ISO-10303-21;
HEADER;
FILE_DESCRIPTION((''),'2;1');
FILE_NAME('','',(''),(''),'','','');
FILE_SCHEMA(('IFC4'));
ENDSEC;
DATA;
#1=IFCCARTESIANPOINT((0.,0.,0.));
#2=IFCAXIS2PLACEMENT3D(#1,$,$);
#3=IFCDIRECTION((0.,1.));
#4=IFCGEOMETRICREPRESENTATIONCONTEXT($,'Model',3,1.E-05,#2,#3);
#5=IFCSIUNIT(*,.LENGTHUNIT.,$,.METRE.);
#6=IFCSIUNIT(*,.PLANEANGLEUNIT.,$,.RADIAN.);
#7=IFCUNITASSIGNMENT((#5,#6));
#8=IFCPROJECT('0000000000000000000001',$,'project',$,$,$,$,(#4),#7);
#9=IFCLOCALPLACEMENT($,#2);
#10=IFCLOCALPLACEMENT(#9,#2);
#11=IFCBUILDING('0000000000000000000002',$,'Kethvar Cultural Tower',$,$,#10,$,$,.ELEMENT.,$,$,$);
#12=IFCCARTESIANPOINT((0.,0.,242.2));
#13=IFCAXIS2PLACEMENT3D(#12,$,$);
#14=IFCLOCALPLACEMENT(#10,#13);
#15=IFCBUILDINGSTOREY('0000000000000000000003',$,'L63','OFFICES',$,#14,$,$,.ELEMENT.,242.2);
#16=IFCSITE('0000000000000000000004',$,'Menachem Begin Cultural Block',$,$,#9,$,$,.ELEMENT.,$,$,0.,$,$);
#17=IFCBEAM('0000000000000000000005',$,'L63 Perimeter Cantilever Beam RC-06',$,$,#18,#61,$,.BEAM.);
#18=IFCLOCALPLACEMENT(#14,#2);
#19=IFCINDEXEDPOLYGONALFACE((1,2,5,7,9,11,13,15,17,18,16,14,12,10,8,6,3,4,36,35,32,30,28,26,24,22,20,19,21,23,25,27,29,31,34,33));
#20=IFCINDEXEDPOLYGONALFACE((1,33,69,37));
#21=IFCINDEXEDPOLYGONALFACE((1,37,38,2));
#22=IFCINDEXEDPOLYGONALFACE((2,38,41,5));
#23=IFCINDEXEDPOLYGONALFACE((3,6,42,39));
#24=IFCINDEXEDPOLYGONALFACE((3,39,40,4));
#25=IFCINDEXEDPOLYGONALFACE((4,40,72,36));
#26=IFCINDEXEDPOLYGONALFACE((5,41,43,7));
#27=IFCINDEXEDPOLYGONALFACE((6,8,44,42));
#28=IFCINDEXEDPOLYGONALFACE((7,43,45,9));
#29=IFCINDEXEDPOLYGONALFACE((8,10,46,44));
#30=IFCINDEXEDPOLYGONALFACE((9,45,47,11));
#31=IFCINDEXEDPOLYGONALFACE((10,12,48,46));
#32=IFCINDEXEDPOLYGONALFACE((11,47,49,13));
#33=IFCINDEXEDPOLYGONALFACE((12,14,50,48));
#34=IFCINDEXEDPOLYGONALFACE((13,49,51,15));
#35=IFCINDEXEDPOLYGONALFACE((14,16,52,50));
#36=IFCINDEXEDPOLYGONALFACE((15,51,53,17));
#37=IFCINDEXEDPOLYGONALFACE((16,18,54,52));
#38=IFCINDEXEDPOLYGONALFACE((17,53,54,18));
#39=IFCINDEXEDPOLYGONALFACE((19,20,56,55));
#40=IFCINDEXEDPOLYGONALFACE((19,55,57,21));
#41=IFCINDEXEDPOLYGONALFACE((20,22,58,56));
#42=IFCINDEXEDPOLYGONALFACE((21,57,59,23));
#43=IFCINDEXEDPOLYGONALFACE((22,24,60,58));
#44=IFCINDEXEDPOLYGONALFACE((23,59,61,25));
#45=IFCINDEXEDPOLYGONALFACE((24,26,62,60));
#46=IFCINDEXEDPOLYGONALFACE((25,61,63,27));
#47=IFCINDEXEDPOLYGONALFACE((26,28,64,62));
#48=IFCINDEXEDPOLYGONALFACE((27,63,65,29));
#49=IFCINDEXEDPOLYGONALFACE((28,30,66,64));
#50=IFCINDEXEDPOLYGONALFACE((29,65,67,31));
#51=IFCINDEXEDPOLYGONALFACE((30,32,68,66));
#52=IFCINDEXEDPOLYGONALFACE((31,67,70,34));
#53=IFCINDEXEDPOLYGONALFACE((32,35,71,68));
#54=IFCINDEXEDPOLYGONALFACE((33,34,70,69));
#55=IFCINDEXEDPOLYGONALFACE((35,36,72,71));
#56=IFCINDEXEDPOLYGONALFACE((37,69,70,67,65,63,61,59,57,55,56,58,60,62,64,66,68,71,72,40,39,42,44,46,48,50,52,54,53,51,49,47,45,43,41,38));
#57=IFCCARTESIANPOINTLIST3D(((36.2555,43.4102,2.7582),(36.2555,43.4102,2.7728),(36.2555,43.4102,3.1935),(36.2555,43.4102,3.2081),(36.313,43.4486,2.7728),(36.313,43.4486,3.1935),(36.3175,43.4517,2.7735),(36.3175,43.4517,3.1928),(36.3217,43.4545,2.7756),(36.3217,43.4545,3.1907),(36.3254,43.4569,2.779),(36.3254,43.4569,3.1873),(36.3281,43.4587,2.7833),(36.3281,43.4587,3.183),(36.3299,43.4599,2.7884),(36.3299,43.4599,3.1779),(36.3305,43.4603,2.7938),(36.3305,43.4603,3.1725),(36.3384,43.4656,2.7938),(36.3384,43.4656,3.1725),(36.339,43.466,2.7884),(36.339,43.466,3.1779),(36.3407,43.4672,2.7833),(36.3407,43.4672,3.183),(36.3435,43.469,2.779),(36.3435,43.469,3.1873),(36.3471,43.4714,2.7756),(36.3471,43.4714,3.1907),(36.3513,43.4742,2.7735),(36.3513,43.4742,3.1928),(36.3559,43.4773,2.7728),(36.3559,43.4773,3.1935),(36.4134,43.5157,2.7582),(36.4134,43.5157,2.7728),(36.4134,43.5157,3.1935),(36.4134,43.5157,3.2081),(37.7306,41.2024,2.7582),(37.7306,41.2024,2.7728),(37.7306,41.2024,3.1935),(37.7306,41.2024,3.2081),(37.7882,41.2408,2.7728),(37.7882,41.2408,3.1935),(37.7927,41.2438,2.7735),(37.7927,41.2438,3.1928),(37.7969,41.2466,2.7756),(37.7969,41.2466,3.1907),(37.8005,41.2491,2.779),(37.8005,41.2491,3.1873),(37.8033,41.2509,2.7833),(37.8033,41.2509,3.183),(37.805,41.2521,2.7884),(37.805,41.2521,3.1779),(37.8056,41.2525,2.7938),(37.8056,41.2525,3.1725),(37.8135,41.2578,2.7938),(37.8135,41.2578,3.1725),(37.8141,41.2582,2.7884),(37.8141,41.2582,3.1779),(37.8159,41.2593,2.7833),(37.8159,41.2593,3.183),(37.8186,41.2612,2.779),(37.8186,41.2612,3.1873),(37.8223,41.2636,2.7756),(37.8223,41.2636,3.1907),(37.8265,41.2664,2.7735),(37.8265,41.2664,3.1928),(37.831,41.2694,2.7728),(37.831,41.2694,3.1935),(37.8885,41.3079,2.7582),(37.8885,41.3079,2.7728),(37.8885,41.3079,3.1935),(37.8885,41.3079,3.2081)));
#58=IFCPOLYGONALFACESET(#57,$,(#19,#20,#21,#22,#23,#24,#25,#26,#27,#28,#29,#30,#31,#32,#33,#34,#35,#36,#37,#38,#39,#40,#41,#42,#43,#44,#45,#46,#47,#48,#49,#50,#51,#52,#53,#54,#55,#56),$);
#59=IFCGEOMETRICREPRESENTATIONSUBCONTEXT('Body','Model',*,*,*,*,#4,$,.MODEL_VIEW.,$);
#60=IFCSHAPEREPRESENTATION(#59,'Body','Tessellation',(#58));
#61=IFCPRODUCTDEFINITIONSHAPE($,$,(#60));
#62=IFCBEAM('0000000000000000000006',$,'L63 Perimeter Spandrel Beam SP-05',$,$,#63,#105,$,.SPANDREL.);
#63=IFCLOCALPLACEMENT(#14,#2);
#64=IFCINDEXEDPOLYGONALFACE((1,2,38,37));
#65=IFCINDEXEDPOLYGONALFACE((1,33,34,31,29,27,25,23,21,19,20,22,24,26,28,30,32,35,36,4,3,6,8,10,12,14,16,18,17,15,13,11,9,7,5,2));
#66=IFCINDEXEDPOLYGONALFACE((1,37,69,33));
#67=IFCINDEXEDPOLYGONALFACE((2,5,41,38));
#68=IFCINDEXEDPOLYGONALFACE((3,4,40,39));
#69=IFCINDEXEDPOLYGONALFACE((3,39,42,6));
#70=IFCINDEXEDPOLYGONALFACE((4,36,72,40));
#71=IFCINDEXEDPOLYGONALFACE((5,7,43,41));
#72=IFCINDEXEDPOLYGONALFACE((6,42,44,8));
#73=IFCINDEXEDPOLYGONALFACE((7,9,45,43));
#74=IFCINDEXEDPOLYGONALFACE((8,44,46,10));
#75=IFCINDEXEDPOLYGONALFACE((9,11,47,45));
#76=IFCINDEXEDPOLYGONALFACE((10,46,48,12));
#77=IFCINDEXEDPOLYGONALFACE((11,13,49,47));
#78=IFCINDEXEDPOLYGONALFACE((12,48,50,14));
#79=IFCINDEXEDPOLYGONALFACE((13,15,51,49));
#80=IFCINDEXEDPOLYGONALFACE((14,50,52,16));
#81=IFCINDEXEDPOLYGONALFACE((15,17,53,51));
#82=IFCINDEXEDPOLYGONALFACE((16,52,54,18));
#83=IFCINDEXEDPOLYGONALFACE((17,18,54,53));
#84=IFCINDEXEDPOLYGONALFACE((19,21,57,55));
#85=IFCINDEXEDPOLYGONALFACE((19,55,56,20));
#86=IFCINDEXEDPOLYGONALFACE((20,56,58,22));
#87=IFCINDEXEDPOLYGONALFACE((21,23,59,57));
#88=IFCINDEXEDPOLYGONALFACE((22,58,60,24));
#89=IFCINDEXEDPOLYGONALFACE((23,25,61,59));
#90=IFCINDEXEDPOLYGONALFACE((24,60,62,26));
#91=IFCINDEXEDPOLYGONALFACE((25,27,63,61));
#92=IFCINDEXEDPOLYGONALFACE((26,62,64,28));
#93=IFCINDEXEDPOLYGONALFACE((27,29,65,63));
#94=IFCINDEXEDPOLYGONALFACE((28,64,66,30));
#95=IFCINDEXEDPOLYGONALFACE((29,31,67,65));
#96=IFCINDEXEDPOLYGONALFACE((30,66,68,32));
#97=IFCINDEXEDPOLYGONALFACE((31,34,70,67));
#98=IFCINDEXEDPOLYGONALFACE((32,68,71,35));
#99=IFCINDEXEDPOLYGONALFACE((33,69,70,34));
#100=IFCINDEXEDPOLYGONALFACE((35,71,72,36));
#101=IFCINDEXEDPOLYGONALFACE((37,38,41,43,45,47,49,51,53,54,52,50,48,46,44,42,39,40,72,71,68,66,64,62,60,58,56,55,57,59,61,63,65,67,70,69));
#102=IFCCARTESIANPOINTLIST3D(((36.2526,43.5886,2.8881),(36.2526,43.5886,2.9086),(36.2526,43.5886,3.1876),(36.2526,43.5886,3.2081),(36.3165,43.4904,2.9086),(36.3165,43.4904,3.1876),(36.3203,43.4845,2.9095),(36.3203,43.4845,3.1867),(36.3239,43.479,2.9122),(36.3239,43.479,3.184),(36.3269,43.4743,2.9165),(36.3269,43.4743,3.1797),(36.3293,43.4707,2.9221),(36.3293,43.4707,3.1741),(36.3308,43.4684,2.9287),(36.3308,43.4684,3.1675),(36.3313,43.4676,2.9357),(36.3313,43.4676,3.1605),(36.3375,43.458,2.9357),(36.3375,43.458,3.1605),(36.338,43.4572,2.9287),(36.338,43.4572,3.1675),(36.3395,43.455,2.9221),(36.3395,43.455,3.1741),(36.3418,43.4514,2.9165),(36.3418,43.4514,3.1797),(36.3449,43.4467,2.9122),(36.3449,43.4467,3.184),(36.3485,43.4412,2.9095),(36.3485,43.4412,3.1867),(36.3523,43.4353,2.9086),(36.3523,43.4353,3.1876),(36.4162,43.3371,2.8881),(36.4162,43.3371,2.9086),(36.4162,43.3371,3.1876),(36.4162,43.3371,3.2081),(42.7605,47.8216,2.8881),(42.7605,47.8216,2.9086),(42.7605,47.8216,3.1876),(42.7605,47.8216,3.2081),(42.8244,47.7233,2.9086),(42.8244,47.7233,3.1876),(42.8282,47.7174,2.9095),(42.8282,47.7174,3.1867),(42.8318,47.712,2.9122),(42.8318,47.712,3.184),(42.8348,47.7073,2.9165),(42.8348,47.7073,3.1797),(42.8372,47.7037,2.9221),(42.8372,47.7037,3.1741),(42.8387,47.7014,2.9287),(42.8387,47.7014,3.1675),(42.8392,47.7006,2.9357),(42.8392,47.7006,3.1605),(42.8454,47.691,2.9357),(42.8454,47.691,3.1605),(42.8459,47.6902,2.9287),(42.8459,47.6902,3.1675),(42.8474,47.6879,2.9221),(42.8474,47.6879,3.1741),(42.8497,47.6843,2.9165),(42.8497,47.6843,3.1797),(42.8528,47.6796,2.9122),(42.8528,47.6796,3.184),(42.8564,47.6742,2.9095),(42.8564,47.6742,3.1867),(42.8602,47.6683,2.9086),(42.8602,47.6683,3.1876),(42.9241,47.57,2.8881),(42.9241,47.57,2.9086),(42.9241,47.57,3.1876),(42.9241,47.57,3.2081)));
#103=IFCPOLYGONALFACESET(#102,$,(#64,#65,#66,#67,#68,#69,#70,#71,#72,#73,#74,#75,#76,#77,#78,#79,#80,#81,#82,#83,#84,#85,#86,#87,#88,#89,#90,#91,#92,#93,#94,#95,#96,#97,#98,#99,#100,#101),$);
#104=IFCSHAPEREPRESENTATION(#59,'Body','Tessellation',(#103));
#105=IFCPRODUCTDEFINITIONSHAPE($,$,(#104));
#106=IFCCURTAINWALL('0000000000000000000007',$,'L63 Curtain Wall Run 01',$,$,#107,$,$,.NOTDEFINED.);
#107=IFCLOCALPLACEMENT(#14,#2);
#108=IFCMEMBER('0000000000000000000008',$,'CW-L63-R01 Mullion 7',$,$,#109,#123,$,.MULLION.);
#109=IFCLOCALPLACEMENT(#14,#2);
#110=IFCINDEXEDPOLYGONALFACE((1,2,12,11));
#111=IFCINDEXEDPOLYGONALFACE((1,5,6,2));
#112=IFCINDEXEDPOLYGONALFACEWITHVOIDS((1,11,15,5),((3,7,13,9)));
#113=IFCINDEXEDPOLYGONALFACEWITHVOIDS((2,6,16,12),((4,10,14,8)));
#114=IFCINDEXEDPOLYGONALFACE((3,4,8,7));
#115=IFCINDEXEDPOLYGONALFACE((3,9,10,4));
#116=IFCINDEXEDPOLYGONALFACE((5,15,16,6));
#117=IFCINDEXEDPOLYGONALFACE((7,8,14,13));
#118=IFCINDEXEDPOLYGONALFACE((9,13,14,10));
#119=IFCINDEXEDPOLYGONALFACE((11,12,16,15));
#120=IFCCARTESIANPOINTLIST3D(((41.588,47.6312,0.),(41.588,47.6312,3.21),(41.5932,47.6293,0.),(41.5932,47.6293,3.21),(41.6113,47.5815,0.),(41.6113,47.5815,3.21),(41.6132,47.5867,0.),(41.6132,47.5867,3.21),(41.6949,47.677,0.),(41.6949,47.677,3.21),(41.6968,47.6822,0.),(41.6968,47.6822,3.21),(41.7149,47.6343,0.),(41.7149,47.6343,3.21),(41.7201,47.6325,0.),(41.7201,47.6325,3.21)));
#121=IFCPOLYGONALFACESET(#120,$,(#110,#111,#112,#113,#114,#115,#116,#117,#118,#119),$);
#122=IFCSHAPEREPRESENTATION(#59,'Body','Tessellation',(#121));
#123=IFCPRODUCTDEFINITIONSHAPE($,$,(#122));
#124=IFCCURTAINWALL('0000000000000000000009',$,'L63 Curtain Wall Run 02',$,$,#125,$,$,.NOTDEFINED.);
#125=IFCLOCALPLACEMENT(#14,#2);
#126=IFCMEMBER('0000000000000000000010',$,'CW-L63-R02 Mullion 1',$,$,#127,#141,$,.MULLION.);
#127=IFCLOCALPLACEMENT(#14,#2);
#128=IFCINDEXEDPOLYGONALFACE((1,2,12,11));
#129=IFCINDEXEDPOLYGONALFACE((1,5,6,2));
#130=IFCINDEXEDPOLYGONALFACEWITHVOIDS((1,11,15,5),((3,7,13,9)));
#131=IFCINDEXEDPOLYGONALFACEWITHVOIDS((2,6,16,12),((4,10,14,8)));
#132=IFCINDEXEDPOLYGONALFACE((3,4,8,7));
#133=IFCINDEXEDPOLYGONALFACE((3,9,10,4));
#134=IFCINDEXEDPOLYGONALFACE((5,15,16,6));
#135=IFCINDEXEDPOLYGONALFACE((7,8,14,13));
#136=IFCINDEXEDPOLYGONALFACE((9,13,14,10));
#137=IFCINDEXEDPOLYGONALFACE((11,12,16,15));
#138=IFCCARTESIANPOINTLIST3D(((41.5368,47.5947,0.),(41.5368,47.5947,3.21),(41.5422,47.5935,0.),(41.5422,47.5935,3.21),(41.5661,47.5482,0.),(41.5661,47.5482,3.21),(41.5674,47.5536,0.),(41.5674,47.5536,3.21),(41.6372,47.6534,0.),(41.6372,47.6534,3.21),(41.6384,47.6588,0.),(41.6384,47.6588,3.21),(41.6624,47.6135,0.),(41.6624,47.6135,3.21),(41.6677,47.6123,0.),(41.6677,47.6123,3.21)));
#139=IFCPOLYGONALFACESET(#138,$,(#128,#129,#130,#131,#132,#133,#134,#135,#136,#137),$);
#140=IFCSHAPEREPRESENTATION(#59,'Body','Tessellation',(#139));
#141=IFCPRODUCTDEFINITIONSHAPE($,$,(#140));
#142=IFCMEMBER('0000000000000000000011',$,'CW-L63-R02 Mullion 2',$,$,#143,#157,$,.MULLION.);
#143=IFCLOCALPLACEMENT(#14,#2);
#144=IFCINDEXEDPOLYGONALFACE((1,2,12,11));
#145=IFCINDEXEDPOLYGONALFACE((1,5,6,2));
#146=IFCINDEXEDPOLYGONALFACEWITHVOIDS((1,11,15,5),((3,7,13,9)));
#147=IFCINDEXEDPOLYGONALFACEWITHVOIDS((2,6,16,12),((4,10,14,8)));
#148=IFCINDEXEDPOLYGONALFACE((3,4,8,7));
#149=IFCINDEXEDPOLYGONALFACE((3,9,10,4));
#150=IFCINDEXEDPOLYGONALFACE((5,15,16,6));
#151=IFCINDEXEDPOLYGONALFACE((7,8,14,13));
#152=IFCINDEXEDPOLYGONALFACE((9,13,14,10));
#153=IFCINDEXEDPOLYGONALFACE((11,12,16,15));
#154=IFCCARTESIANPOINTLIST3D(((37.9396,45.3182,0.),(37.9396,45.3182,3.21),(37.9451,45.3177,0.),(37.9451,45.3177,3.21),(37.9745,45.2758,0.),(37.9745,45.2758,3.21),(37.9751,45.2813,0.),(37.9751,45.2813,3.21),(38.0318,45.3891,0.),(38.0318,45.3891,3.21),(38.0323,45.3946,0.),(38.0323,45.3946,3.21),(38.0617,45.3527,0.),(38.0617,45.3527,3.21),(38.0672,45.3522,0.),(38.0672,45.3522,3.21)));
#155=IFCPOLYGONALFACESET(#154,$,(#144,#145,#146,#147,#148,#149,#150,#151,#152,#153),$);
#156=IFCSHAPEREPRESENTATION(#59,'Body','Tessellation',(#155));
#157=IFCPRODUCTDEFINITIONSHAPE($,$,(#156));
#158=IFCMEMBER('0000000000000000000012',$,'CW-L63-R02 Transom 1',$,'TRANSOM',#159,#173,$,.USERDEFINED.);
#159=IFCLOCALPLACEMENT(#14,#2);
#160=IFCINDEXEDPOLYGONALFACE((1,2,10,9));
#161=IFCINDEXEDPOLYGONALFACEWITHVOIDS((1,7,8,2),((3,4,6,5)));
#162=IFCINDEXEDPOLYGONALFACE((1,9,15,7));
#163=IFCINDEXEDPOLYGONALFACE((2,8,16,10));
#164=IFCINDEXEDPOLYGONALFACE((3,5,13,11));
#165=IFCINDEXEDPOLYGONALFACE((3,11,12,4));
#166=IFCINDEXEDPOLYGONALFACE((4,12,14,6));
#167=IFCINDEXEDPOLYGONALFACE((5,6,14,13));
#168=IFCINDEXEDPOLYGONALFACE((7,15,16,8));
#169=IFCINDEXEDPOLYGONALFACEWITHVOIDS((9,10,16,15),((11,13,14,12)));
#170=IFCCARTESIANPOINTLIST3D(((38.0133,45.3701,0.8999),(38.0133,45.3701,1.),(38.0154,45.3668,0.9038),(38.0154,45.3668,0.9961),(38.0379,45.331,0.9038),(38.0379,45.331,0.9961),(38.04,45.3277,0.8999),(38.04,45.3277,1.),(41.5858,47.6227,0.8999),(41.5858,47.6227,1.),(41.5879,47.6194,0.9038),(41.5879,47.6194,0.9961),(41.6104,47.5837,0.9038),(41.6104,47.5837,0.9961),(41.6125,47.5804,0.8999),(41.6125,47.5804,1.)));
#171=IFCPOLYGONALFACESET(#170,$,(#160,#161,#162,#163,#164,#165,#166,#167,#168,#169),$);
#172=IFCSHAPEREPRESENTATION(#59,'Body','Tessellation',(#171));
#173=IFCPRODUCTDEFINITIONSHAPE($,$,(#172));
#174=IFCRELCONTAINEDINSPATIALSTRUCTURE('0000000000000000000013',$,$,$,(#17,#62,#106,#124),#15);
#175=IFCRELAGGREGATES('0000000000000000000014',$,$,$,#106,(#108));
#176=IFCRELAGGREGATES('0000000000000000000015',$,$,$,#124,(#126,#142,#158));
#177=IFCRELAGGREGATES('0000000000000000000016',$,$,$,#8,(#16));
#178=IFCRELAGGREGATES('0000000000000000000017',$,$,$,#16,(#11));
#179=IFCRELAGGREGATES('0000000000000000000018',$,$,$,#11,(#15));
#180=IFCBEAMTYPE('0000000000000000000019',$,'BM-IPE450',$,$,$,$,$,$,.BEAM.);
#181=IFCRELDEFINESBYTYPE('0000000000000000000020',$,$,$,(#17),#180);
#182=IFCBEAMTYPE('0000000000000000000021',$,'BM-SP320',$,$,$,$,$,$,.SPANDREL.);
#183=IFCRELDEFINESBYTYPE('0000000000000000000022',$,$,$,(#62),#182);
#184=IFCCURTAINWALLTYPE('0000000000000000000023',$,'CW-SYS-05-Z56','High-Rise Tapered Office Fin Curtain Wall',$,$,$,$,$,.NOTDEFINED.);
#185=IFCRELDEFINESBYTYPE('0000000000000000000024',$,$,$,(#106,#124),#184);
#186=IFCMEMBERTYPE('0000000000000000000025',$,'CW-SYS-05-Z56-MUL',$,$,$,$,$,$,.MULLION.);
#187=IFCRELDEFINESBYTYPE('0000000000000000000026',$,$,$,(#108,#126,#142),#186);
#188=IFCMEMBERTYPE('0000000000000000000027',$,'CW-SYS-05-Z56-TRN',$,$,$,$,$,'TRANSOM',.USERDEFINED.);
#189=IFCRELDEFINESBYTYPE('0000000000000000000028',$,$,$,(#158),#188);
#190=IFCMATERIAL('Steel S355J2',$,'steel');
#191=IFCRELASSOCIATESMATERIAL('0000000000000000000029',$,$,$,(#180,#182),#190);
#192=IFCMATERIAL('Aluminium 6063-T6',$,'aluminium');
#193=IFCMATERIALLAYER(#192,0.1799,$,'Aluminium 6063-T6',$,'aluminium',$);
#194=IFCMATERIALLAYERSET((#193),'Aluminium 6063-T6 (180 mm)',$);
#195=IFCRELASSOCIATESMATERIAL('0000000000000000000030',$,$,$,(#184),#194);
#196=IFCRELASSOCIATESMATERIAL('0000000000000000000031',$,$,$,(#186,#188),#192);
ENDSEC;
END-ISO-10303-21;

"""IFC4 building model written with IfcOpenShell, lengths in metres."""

from ifc_helpers import new_model, si_unit, direction, frame, origin, origin_2d, place, context, subcontext, project, spatial, hollow_rectangle, i_section, extrude, source, transform, mapped, material, layer, layer_set, material_profile, profile_set, type_object, element, aggregate, save


model = new_model("IFC4")

# Units and contexts
model_context = context("Model", 3, precision=1e-05, world=origin(), true_north=direction((0.0, 1.0)))
body_context = subcontext(model_context, "Body", "Model", "MODEL_VIEW")
ifc_project = project(units=[si_unit("LENGTHUNIT", "METRE"), si_unit("PLANEANGLEUNIT", "RADIAN")], contexts=[model_context])

# Site, building, storey
site_placement = place(None, origin())
site = spatial("IfcSite", under=ifc_project, at=site_placement, Name="Menachem Begin Cultural Block", CompositionType="ELEMENT", RefElevation=0.0)
building_placement = place(site_placement, origin())
building = spatial("IfcBuilding", under=site, at=building_placement, Name="Kethvar Cultural Tower", CompositionType="ELEMENT")
storey_placement = place(building_placement, frame((0.0, 0.0, 242.2)))
storey = spatial("IfcBuildingStorey", under=building, at=storey_placement, Name="L63", Description="OFFICES", CompositionType="ELEMENT", Elevation=242.2)

# Beams
ifc_material_1 = material(Name="Steel S355J2", Category="steel")
ifc_material_profile_1 = material_profile(ifc_material_1, i_section(OverallWidth=0.1899, OverallDepth=0.45, WebThickness=0.0095, FlangeThickness=0.0146, FilletRadius=0.021, at=origin_2d()), Name="Steel S355J2 — IPE450")
ifc_profile_set_1 = profile_set([ifc_material_profile_1], Name="Steel S355J2 — IPE450")
beam_type_1 = type_object("IfcBeamType", Name="BM-IPE450", PredefinedType="BEAM", material=ifc_profile_set_1)
shared_shape_1 = source(origin(), body_context, "Body", "SweptSolid", [
    extrude(i_section(OverallWidth=0.1899, OverallDepth=0.45, WebThickness=0.0095, FlangeThickness=0.0146, FilletRadius=0.021, at=origin_2d()), origin(), (0.0, 0.0, 1.0), 2.6553),
])
beam_1_placement = place(storey_placement, frame((37.8096, 41.2551, 2.9832), z_axis=(-0.555549, 0.831484, 0.0), x_axis=(-0.831484, -0.555549, 0.0)))
element("IfcBeam", 1, at=beam_1_placement, inside=storey, type_object=beam_type_1, Name="L63 Perimeter Cantilever Beam RC-06", PredefinedType="BEAM", context=body_context, shape_type="MappedRepresentation", body=[
    mapped(shared_shape_1, transform((0.0, 0.0, 0.0), scale=1.0)),
])
ifc_material_profile_2 = material_profile(ifc_material_1, i_section(OverallWidth=0.3, OverallDepth=0.3201, WebThickness=0.0115, FlangeThickness=0.0205, FilletRadius=0.0271, at=origin_2d()), Name="Steel S355J2 — HEB320")
ifc_profile_set_2 = profile_set([ifc_material_profile_2], Name="Steel S355J2 — HEB320")
beam_type_2 = type_object("IfcBeamType", Name="BM-SP320", PredefinedType="SPANDREL", material=ifc_profile_set_2)
shared_shape_2 = source(origin(), body_context, "Body", "SweptSolid", [
    extrude(i_section(OverallWidth=0.3, OverallDepth=0.3201, WebThickness=0.0115, FlangeThickness=0.0205, FilletRadius=0.0271, at=origin_2d()), origin(), (0.0, 0.0, 1.0), 7.7634),
])
beam_2_placement = place(storey_placement, frame((42.8423, 47.6958, 3.0481), z_axis=(-0.838277, -0.545245, 0.0), x_axis=(0.545245, -0.838277, 0.0)))
element("IfcBeam", 2, at=beam_2_placement, inside=storey, type_object=beam_type_2, Name="L63 Perimeter Spandrel Beam SP-05", PredefinedType="SPANDREL", context=body_context, shape_type="MappedRepresentation", body=[
    mapped(shared_shape_2, transform((0.0, 0.0, 0.0), scale=1.0)),
])

# Curtain wall, member
ifc_material_2 = material(Name="Aluminium 6063-T6", Category="aluminium")
ifc_layer_1 = layer(ifc_material_2, 0.1799, Name="Aluminium 6063-T6", Category="aluminium")
ifc_layer_set_1 = layer_set([ifc_layer_1], Name="Aluminium 6063-T6 (180 mm)")
curtain_wall_type = type_object("IfcCurtainWallType", Name="CW-SYS-05-Z56", Description="High-Rise Tapered Office Fin Curtain Wall", PredefinedType="NOTDEFINED", material=ifc_layer_set_1)
curtain_wall_1_placement = place(storey_placement, origin())
curtain_wall_1 = element("IfcCurtainWall", 3, at=curtain_wall_1_placement, inside=storey, type_object=curtain_wall_type, Name="L63 Curtain Wall Run 01", PredefinedType="NOTDEFINED")
ifc_material_profile_3 = material_profile(ifc_material_2, hollow_rectangle(XDim=0.0549, YDim=0.1201, WallThickness=0.0039, at=origin_2d()), Name="Aluminium 6063-T6 — RHS120x55x4")
ifc_profile_set_3 = profile_set([ifc_material_profile_3], Name="Aluminium 6063-T6 — RHS120x55x4")
member_type_1 = type_object("IfcMemberType", Name="CW-SYS-05-Z56-MUL", PredefinedType="MULLION", material=ifc_profile_set_3)
shared_shape_3 = source(origin(), body_context, "Body", "SweptSolid", [
    extrude(hollow_rectangle(XDim=0.0549, YDim=0.1201, WallThickness=0.0039, at=origin_2d()), origin(), (0.0, 0.0, 1.0), 3.21),
])
member_1_placement = place(storey_placement, frame((41.6541, 47.6318, 0.0), z_axis=(0.0, 0.0, 1.0), x_axis=(0.424468, -0.905443, 0.0)))
member_1 = element("IfcMember", 4, at=member_1_placement, type_object=member_type_1, Name="CW-L63-R01 Mullion 7", PredefinedType="MULLION", context=body_context, shape_type="MappedRepresentation", body=[
    mapped(shared_shape_3, transform((0.0, 0.0, 0.0), scale=1.0)),
])

# Curtain wall, members
curtain_wall_2_placement = place(storey_placement, origin())
curtain_wall_2 = element("IfcCurtainWall", 5, at=curtain_wall_2_placement, inside=storey, type_object=curtain_wall_type, Name="L63 Curtain Wall Run 02", PredefinedType="NOTDEFINED")
member_2_placement = place(storey_placement, frame((41.6023, 47.6035, 0.0), z_axis=(0.0, 0.0, 1.0), x_axis=(0.533378, -0.845877, 0.0)))
member_2 = element("IfcMember", 6, at=member_2_placement, type_object=member_type_1, Name="CW-L63-R02 Mullion 1", PredefinedType="MULLION", context=body_context, shape_type="MappedRepresentation", body=[
    mapped(shared_shape_3, transform((0.0, 0.0, 0.0), scale=1.0)),
])
member_3_placement = place(storey_placement, frame((38.0034, 45.3352, 0.0), z_axis=(0.0, 0.0, 1.0), x_axis=(0.636051, -0.771647, 0.0)))
member_3 = element("IfcMember", 7, at=member_3_placement, type_object=member_type_1, Name="CW-L63-R02 Mullion 2", PredefinedType="MULLION", context=body_context, shape_type="MappedRepresentation", body=[
    mapped(shared_shape_3, transform((0.0, 0.0, 0.0), scale=1.0)),
])
ifc_material_profile_4 = material_profile(ifc_material_2, hollow_rectangle(XDim=0.05, YDim=0.1001, WallThickness=0.0039, at=origin_2d()), Name="Aluminium 6063-T6 — RHS100x50x4")
ifc_profile_set_4 = profile_set([ifc_material_profile_4], Name="Aluminium 6063-T6 — RHS100x50x4")
member_type_2 = type_object("IfcMemberType", Name="CW-SYS-05-Z56-TRN", ElementType="TRANSOM", PredefinedType="USERDEFINED", material=ifc_profile_set_4)
shared_shape_4 = source(origin(), body_context, "Body", "SweptSolid", [
    extrude(hollow_rectangle(XDim=0.05, YDim=0.1001, WallThickness=0.0039, at=origin_2d()), origin(), (0.0, 0.0, 1.0), 4.2234),
])
member_4_placement = place(storey_placement, frame((41.5991, 47.6016, 0.95), z_axis=(-0.845877, -0.533377, 0.0), x_axis=(0.533377, -0.845877, 0.0)))
member_4 = element("IfcMember", 8, at=member_4_placement, type_object=member_type_2, Name="CW-L63-R02 Transom 1", ObjectType="TRANSOM", PredefinedType="USERDEFINED", context=body_context, shape_type="MappedRepresentation", body=[
    mapped(shared_shape_4, transform((0.0, 0.0, 0.0), scale=1.0)),
])

aggregate(curtain_wall_1, [member_1])
aggregate(curtain_wall_2, [member_2, member_3, member_4])

save(model, "model.ifc")
